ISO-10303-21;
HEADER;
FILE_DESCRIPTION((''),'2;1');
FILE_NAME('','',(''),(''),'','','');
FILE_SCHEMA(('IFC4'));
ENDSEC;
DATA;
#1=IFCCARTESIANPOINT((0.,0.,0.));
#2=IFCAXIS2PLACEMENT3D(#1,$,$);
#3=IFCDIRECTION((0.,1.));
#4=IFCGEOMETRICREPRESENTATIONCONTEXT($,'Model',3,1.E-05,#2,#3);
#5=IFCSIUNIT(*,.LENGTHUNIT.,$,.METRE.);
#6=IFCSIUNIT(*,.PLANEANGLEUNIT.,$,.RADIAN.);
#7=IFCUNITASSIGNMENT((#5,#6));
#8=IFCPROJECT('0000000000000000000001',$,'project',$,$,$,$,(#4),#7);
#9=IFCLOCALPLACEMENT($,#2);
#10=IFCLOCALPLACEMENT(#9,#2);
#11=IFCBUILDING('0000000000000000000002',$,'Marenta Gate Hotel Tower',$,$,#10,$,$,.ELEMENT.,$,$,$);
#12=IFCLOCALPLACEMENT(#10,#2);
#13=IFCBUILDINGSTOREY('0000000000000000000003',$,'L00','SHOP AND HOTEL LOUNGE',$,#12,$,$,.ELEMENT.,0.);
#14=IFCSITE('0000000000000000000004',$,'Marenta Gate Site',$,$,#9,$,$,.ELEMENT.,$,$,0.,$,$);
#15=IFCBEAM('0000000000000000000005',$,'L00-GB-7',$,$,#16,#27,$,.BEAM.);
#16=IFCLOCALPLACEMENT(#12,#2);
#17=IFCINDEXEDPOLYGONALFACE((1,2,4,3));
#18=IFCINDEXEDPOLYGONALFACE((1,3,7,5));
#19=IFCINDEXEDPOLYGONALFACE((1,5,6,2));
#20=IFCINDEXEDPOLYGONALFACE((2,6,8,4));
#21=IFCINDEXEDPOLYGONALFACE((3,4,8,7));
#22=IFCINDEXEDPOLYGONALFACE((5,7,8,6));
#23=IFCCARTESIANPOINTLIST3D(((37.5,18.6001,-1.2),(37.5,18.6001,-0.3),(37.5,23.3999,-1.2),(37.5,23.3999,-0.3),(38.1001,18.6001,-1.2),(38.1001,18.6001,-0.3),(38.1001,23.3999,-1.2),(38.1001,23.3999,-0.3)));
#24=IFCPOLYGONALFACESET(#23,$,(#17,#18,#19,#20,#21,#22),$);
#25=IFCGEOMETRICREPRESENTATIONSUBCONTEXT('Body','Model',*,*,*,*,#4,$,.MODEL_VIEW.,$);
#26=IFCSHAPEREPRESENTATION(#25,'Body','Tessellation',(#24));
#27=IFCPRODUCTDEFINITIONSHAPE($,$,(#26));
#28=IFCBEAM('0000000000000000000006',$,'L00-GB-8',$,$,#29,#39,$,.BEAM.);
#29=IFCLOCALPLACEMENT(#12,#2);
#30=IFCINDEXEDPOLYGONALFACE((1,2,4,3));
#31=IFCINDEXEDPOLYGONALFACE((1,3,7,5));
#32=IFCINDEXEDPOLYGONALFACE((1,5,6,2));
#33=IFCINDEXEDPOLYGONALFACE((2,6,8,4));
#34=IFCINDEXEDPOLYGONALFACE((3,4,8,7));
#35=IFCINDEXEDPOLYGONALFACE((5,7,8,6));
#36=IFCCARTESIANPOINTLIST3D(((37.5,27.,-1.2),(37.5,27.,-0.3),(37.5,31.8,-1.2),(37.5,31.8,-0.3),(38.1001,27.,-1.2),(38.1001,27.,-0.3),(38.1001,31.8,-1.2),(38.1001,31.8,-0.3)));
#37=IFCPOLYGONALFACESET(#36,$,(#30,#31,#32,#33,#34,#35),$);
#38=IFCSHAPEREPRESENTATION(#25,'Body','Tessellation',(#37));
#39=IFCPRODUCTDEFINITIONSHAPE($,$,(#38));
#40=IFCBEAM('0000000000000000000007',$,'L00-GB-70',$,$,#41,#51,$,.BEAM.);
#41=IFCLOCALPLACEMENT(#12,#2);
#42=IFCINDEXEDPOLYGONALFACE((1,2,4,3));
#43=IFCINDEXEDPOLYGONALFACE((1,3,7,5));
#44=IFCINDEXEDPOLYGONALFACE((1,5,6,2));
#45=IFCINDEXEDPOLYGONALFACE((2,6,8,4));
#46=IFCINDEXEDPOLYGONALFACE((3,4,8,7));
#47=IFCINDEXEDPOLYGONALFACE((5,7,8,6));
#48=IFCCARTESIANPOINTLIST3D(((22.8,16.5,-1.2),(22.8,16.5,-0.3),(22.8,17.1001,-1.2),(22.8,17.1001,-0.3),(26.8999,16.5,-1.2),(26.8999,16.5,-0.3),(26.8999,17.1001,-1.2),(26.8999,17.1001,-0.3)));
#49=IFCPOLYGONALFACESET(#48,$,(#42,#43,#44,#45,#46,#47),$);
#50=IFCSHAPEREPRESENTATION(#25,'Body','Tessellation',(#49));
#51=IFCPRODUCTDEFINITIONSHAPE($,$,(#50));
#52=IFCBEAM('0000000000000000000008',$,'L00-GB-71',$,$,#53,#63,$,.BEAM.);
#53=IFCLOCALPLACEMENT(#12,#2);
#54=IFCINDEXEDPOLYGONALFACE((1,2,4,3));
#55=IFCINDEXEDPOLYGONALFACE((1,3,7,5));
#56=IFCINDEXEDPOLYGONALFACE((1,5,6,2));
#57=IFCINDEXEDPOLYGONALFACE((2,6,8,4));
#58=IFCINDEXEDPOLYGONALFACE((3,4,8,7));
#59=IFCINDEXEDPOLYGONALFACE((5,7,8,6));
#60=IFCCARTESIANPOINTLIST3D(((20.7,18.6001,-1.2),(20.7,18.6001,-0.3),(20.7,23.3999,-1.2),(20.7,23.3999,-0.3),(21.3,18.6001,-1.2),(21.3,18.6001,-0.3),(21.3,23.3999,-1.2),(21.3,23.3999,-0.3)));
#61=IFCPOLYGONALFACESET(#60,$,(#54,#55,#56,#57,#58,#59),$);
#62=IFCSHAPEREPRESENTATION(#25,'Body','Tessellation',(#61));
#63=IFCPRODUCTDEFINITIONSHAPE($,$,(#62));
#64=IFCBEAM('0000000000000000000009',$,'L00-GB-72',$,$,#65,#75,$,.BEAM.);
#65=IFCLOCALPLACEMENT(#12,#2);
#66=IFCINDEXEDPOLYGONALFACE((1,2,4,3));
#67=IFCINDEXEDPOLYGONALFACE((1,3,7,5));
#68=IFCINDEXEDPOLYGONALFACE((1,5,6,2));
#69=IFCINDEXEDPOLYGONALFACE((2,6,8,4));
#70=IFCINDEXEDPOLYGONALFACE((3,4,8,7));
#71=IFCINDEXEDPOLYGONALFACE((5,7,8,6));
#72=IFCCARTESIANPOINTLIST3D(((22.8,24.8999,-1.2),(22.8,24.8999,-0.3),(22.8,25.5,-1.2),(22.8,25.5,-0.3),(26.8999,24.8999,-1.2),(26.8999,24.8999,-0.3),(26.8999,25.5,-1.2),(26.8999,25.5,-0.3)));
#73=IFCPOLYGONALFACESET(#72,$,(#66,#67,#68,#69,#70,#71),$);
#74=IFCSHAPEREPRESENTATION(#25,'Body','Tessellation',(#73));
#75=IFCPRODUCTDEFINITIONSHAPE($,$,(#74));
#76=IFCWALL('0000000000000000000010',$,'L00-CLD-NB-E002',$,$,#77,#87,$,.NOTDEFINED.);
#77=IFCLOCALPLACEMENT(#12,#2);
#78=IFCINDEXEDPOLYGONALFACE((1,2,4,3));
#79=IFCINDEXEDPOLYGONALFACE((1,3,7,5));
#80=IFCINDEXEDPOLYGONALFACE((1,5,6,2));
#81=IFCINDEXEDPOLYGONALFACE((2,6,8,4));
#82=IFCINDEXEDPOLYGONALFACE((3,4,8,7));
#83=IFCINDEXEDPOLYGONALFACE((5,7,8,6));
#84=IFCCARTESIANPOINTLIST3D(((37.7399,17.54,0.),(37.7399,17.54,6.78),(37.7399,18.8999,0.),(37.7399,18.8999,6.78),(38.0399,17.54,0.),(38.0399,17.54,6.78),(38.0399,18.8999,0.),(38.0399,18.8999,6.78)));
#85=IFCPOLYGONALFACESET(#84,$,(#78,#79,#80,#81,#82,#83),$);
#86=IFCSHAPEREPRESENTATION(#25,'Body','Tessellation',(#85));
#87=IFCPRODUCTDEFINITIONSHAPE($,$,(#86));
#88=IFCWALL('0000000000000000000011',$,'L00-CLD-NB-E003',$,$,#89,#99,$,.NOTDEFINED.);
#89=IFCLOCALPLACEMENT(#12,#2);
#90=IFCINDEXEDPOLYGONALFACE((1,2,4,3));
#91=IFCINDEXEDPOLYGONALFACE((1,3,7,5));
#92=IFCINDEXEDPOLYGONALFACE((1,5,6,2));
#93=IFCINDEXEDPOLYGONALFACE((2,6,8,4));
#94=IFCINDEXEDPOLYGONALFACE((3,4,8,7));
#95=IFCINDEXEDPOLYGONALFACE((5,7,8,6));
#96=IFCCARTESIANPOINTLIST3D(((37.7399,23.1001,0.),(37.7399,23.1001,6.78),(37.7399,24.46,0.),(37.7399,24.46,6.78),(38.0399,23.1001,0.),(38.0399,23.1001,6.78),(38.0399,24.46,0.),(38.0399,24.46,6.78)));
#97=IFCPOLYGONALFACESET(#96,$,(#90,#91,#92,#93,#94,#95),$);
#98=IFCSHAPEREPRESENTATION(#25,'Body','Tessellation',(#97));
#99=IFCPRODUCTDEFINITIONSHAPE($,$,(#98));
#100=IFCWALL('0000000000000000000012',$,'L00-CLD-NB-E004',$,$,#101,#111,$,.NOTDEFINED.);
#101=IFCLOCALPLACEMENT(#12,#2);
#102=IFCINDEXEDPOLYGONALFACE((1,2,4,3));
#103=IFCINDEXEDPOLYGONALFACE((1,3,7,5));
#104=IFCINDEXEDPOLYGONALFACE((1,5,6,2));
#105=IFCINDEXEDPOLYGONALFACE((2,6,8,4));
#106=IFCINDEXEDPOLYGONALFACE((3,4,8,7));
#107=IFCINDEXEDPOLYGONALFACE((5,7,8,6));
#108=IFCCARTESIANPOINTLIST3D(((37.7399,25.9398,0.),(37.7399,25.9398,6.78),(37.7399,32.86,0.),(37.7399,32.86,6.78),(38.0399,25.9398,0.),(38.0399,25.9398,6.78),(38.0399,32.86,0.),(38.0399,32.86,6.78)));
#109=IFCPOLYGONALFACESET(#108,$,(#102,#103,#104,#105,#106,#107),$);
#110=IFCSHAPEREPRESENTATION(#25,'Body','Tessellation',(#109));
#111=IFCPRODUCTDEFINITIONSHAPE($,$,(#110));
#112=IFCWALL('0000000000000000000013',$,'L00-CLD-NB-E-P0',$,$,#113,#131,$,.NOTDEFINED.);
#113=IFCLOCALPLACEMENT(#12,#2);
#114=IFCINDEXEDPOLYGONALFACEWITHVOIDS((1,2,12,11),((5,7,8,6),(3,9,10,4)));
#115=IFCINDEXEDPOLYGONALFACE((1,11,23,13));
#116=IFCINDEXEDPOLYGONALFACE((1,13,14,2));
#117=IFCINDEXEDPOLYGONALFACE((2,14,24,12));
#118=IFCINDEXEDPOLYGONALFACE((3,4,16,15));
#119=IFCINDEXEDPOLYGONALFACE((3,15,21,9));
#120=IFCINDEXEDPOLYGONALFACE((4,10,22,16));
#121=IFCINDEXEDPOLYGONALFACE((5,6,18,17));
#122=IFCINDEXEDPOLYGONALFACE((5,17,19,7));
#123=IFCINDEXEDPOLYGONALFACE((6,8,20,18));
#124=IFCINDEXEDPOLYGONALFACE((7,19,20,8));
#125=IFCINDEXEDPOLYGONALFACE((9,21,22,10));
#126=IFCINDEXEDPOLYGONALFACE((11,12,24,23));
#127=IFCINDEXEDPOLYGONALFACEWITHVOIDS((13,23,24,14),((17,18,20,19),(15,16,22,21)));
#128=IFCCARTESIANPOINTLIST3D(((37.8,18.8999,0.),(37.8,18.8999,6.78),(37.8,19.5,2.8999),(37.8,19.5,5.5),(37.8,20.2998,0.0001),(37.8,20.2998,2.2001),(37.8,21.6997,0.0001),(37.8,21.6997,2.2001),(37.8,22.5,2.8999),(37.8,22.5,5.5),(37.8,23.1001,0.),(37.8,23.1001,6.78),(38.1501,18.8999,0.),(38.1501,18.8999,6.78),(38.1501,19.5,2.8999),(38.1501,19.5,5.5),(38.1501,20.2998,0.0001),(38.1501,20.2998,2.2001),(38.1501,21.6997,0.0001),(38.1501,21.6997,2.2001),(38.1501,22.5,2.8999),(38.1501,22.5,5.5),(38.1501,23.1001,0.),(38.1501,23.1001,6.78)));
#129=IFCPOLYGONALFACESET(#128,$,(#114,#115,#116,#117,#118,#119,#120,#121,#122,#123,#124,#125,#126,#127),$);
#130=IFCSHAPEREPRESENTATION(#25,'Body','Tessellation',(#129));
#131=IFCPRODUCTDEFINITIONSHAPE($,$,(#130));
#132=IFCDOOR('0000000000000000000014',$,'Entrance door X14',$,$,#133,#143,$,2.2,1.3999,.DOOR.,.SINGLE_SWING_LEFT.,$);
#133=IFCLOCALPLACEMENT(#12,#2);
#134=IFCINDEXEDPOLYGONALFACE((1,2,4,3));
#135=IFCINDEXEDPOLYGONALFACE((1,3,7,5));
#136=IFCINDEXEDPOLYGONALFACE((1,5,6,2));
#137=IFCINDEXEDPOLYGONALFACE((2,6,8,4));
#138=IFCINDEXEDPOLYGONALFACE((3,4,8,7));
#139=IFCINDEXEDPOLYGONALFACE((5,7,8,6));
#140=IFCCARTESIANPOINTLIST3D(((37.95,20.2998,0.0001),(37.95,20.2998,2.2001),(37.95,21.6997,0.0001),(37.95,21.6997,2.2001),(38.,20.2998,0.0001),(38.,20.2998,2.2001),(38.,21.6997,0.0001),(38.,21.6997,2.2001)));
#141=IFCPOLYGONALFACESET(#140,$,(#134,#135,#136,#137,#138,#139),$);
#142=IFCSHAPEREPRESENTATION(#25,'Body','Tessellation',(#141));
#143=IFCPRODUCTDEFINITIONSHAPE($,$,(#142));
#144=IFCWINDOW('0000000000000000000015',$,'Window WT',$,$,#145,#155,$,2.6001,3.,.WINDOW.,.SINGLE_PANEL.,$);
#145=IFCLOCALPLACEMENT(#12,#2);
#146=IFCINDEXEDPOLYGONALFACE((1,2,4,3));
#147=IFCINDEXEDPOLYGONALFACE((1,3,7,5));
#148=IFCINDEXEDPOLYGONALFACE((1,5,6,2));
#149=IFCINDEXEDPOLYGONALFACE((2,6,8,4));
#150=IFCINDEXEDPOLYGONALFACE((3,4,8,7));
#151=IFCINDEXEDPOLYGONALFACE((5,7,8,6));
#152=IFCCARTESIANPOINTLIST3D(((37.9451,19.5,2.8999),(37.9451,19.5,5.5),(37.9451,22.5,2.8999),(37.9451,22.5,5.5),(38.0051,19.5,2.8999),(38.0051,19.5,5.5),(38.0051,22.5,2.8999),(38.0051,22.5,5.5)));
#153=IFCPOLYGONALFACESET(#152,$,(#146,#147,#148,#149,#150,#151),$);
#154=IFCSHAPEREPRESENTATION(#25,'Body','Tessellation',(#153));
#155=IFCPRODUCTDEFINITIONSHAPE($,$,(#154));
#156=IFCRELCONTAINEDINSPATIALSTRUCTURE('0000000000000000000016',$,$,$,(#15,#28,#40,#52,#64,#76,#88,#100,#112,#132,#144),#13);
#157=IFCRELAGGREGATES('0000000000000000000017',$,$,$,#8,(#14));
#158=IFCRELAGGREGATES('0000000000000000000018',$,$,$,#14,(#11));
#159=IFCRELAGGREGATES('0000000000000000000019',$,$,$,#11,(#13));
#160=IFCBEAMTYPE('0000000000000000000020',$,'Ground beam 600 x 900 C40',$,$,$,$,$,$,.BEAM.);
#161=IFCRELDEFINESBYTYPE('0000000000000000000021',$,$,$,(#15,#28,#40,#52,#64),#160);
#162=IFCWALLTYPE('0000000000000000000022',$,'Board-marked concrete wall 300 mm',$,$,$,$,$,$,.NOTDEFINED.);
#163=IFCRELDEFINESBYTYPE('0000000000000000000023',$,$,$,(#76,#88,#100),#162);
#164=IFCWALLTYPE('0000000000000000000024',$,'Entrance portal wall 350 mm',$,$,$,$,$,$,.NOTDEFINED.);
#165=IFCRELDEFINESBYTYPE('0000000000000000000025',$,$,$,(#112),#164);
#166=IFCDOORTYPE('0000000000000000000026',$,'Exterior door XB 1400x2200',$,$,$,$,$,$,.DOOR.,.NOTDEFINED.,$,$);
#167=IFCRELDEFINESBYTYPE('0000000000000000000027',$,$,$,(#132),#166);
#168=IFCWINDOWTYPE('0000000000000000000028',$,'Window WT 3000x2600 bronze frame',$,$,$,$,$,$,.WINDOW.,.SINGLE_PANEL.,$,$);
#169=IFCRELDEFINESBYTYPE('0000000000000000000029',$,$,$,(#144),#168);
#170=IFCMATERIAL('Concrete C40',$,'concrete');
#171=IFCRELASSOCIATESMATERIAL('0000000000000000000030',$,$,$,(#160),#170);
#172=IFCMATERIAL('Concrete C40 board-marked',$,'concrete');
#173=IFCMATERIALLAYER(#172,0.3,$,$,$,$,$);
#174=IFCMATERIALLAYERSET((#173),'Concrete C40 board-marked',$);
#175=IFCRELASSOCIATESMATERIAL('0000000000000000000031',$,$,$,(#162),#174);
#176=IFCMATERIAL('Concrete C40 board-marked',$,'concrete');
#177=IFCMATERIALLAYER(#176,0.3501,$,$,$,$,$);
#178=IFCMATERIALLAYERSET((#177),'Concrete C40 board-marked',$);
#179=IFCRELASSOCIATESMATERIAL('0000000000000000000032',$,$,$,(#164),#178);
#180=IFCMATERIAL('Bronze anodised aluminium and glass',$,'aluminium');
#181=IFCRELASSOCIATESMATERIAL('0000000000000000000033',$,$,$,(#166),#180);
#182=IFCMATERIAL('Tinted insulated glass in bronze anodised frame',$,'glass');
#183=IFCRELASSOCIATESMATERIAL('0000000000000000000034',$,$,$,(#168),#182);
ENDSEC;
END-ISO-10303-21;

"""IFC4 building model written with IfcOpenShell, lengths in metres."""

from ifc_helpers import new_model, si_unit, direction, frame, frame_2d, origin, origin_2d, place, context, subcontext, project, spatial, rectangle, extrude, material, layer, layer_set, material_profile, profile_set, type_object, element, fill, save


model = new_model("IFC4")

# Units and contexts
model_context = context("Model", 3, precision=1e-05, world=origin(), true_north=direction((0.0, 1.0)))
body_context = subcontext(model_context, "Body", "Model", "MODEL_VIEW")
ifc_project = project(units=[si_unit("LENGTHUNIT", "METRE"), si_unit("PLANEANGLEUNIT", "RADIAN")], contexts=[model_context])

# Site, building, storey
site_placement = place(None, origin())
site = spatial("IfcSite", under=ifc_project, at=site_placement, Name="Marenta Gate Site", CompositionType="ELEMENT", RefElevation=0.0)
building_placement = place(site_placement, origin())
building = spatial("IfcBuilding", under=site, at=building_placement, Name="Marenta Gate Hotel Tower", CompositionType="ELEMENT")
storey_placement = place(building_placement, origin())
storey = spatial("IfcBuildingStorey", under=building, at=storey_placement, Name="L00", Description="SHOP AND HOTEL LOUNGE", CompositionType="ELEMENT", Elevation=0.0)

# Beams
ifc_material_1 = material(Name="Concrete C40", Category="concrete")
ifc_material_profile_1 = material_profile(ifc_material_1, rectangle(XDim=0.6001, YDim=0.8999, at=origin_2d()), Name="600 x 900")
ifc_profile_set_1 = profile_set([ifc_material_profile_1], Name="Concrete C40")
beam_type = type_object("IfcBeamType", Name="Ground beam 600 x 900 C40", PredefinedType="BEAM", material=ifc_profile_set_1)
beam_1_placement = place(storey_placement, frame((37.8, 18.6001, -0.75), z_axis=(0.0, 1.0, 0.0), x_axis=(-1.0, 0.0, 0.0)))
element("IfcBeam", 1, at=beam_1_placement, inside=storey, type_object=beam_type, Name="L00-GB-7", PredefinedType="BEAM", context=body_context, shape_type="SweptSolid", body=[
    extrude(rectangle(XDim=0.6001, YDim=0.8999, at=origin_2d()), origin(), (0.0, 0.0, 1.0), 4.7998),
])
beam_2_placement = place(storey_placement, frame((37.8, 27.0, -0.75), z_axis=(0.0, 1.0, 0.0), x_axis=(-1.0, 0.0, 0.0)))
element("IfcBeam", 2, at=beam_2_placement, inside=storey, type_object=beam_type, Name="L00-GB-8", PredefinedType="BEAM", context=body_context, shape_type="SweptSolid", body=[
    extrude(rectangle(XDim=0.6001, YDim=0.8999, at=origin_2d()), origin(), (0.0, 0.0, 1.0), 4.8),
])
beam_3_placement = place(storey_placement, frame((22.8, 16.8, -0.75), z_axis=(1.0, 0.0, 0.0), x_axis=(0.0, 1.0, 0.0)))
element("IfcBeam", 3, at=beam_3_placement, inside=storey, type_object=beam_type, Name="L00-GB-70", PredefinedType="BEAM", context=body_context, shape_type="SweptSolid", body=[
    extrude(rectangle(XDim=0.6001, YDim=0.8999, at=origin_2d()), origin(), (0.0, 0.0, 1.0), 4.0999),
])
beam_4_placement = place(storey_placement, frame((21.0, 18.6001, -0.75), z_axis=(0.0, 1.0, 0.0), x_axis=(-1.0, 0.0, 0.0)))
element("IfcBeam", 4, at=beam_4_placement, inside=storey, type_object=beam_type, Name="L00-GB-71", PredefinedType="BEAM", context=body_context, shape_type="SweptSolid", body=[
    extrude(rectangle(XDim=0.6001, YDim=0.8999, at=origin_2d()), origin(), (0.0, 0.0, 1.0), 4.7998),
])
beam_5_placement = place(storey_placement, frame((22.8, 25.2, -0.75), z_axis=(1.0, 0.0, 0.0), x_axis=(0.0, 1.0, 0.0)))
element("IfcBeam", 5, at=beam_5_placement, inside=storey, type_object=beam_type, Name="L00-GB-72", PredefinedType="BEAM", context=body_context, shape_type="SweptSolid", body=[
    extrude(rectangle(XDim=0.6001, YDim=0.8999, at=origin_2d()), origin(), (0.0, 0.0, 1.0), 4.0999),
])

# Walls
ifc_material_2 = material(Name="Concrete C40 board-marked", Category="concrete")
ifc_layer_1 = layer(ifc_material_2, 0.3)
ifc_layer_set_1 = layer_set([ifc_layer_1], Name="Concrete C40 board-marked")
wall_type_1 = type_object("IfcWallType", Name="Board-marked concrete wall 300 mm", PredefinedType="NOTDEFINED", material=ifc_layer_set_1)
for number, where, z_axis, x_axis, name in (
    (6, (37.8899, 17.54, 0.0), (0.0, 0.0, 1.0), (0.0, 1.0, 0.0), "L00-CLD-NB-E002"),
    (7, (37.8899, 23.1001, 0.0), (0.0, 0.0, 1.0), (0.0, 1.0, 0.0), "L00-CLD-NB-E003"),
):
    element("IfcWall", number, at=place(storey_placement, frame(where, z_axis=z_axis, x_axis=x_axis)), inside=storey, type_object=wall_type_1, Name=name, PredefinedType="NOTDEFINED", context=body_context, shape_type="SweptSolid", body=[
        extrude(rectangle(XDim=1.3599, YDim=0.3, at=frame_2d((0.6799, 0.0))), origin(), (0.0, 0.0, 1.0), 6.78),
    ])
wall_1_placement = place(storey_placement, frame((37.8899, 25.9399, 0.0), z_axis=(0.0, 0.0, 1.0), x_axis=(0.0, 1.0, 0.0)))
element("IfcWall", 8, at=wall_1_placement, inside=storey, type_object=wall_type_1, Name="L00-CLD-NB-E004", PredefinedType="NOTDEFINED", context=body_context, shape_type="SweptSolid", body=[
    extrude(rectangle(XDim=6.9202, YDim=0.3, at=frame_2d((3.46, 0.0))), origin(), (0.0, 0.0, 1.0), 6.78),
])

# Wall, openings, door, window
ifc_material_3 = material(Name="Concrete C40 board-marked", Category="concrete")
ifc_layer_2 = layer(ifc_material_3, 0.3501)
ifc_layer_set_2 = layer_set([ifc_layer_2], Name="Concrete C40 board-marked")
wall_type_2 = type_object("IfcWallType", Name="Entrance portal wall 350 mm", PredefinedType="NOTDEFINED", material=ifc_layer_set_2)
wall_2_placement = place(storey_placement, frame((37.9751, 18.8999, 0.0), z_axis=(0.0, 0.0, 1.0), x_axis=(0.0, 1.0, 0.0)))
wall_2 = element("IfcWall", 9, at=wall_2_placement, inside=storey, type_object=wall_type_2, Name="L00-CLD-NB-E-P0", PredefinedType="NOTDEFINED", context=body_context, shape_type="SweptSolid", body=[
    extrude(rectangle(XDim=4.2002, YDim=0.3501, at=frame_2d((2.1001, 0.0))), origin(), (0.0, 0.0, 1.0), 6.78),
])
opening_1_placement = place(wall_2_placement, frame((1.3999, 0.0, 0.0)))
opening_1 = element("IfcOpeningElement", 10, at=opening_1_placement, cuts=wall_2, PredefinedType="OPENING", context=body_context, shape_type="SweptSolid", body=[
    extrude(rectangle(XDim=1.3999, YDim=2.2, at=frame_2d((0.7, 1.1001))), frame((0.0, 0.175, 0.0), z_axis=(0.0, -1.0, 0.0), x_axis=(1.0, 0.0, 0.0)), (0.0, 0.0, 1.0), 0.3501),
])
opening_2_placement = place(wall_2_placement, frame((0.6001, 0.0, 2.8999)))
opening_2 = element("IfcOpeningElement", 11, at=opening_2_placement, cuts=wall_2, PredefinedType="OPENING", context=body_context, shape_type="SweptSolid", body=[
    extrude(rectangle(XDim=3.0, YDim=2.6001, at=frame_2d((1.5, 1.3))), frame((0.0, 0.175, 0.0), z_axis=(0.0, -1.0, 0.0), x_axis=(1.0, 0.0, 0.0)), (0.0, 0.0, 1.0), 0.3501),
])
ifc_material_4 = material(Name="Bronze anodised aluminium and glass", Category="aluminium")
door_type_1 = type_object("IfcDoorType", Name="Exterior door XB 1400x2200", OperationType="NOTDEFINED", PredefinedType="DOOR", material=ifc_material_4)
door_1_placement = place(opening_1_placement, frame((1.3999, 0.0, 0.0), z_axis=(0.0, 0.0, 1.0), x_axis=(-1.0, 0.0, 0.0)))
door_1 = element("IfcDoor", 12, at=door_1_placement, inside=storey, type_object=door_type_1, Name="Entrance door X14", OperationType="SINGLE_SWING_LEFT", OverallHeight=2.2, OverallWidth=1.3999, PredefinedType="DOOR", context=body_context, shape_type="SweptSolid", body=[
    extrude(rectangle(XDim=1.3999, YDim=2.2, at=frame_2d((0.7, 1.1001))), frame((0.0, 0.0249, 0.0), z_axis=(0.0, -1.0, 0.0), x_axis=(1.0, 0.0, 0.0)), (0.0, 0.0, 1.0), 0.05),
])
fill(opening_1, door_1)
ifc_material_5 = material(Name="Tinted insulated glass in bronze anodised frame", Category="glass")
window_type = type_object("IfcWindowType", Name="Window WT 3000x2600 bronze frame", PartitioningType="SINGLE_PANEL", PredefinedType="WINDOW", material=ifc_material_5)
window_placement = place(opening_2_placement, origin())
window = element("IfcWindow", 13, at=window_placement, inside=storey, type_object=window_type, Name="Window WT", OverallHeight=2.6001, OverallWidth=3.0, PartitioningType="SINGLE_PANEL", PredefinedType="WINDOW", context=body_context, shape_type="SweptSolid", body=[
    extrude(rectangle(XDim=3.0, YDim=2.6001, at=frame_2d((1.5, 1.3))), frame((0.0, 0.03, 0.0), z_axis=(0.0, -1.0, 0.0), x_axis=(1.0, 0.0, 0.0)), (0.0, 0.0, 1.0), 0.0601),
])
fill(opening_2, window)

save(model, "model.ifc")
